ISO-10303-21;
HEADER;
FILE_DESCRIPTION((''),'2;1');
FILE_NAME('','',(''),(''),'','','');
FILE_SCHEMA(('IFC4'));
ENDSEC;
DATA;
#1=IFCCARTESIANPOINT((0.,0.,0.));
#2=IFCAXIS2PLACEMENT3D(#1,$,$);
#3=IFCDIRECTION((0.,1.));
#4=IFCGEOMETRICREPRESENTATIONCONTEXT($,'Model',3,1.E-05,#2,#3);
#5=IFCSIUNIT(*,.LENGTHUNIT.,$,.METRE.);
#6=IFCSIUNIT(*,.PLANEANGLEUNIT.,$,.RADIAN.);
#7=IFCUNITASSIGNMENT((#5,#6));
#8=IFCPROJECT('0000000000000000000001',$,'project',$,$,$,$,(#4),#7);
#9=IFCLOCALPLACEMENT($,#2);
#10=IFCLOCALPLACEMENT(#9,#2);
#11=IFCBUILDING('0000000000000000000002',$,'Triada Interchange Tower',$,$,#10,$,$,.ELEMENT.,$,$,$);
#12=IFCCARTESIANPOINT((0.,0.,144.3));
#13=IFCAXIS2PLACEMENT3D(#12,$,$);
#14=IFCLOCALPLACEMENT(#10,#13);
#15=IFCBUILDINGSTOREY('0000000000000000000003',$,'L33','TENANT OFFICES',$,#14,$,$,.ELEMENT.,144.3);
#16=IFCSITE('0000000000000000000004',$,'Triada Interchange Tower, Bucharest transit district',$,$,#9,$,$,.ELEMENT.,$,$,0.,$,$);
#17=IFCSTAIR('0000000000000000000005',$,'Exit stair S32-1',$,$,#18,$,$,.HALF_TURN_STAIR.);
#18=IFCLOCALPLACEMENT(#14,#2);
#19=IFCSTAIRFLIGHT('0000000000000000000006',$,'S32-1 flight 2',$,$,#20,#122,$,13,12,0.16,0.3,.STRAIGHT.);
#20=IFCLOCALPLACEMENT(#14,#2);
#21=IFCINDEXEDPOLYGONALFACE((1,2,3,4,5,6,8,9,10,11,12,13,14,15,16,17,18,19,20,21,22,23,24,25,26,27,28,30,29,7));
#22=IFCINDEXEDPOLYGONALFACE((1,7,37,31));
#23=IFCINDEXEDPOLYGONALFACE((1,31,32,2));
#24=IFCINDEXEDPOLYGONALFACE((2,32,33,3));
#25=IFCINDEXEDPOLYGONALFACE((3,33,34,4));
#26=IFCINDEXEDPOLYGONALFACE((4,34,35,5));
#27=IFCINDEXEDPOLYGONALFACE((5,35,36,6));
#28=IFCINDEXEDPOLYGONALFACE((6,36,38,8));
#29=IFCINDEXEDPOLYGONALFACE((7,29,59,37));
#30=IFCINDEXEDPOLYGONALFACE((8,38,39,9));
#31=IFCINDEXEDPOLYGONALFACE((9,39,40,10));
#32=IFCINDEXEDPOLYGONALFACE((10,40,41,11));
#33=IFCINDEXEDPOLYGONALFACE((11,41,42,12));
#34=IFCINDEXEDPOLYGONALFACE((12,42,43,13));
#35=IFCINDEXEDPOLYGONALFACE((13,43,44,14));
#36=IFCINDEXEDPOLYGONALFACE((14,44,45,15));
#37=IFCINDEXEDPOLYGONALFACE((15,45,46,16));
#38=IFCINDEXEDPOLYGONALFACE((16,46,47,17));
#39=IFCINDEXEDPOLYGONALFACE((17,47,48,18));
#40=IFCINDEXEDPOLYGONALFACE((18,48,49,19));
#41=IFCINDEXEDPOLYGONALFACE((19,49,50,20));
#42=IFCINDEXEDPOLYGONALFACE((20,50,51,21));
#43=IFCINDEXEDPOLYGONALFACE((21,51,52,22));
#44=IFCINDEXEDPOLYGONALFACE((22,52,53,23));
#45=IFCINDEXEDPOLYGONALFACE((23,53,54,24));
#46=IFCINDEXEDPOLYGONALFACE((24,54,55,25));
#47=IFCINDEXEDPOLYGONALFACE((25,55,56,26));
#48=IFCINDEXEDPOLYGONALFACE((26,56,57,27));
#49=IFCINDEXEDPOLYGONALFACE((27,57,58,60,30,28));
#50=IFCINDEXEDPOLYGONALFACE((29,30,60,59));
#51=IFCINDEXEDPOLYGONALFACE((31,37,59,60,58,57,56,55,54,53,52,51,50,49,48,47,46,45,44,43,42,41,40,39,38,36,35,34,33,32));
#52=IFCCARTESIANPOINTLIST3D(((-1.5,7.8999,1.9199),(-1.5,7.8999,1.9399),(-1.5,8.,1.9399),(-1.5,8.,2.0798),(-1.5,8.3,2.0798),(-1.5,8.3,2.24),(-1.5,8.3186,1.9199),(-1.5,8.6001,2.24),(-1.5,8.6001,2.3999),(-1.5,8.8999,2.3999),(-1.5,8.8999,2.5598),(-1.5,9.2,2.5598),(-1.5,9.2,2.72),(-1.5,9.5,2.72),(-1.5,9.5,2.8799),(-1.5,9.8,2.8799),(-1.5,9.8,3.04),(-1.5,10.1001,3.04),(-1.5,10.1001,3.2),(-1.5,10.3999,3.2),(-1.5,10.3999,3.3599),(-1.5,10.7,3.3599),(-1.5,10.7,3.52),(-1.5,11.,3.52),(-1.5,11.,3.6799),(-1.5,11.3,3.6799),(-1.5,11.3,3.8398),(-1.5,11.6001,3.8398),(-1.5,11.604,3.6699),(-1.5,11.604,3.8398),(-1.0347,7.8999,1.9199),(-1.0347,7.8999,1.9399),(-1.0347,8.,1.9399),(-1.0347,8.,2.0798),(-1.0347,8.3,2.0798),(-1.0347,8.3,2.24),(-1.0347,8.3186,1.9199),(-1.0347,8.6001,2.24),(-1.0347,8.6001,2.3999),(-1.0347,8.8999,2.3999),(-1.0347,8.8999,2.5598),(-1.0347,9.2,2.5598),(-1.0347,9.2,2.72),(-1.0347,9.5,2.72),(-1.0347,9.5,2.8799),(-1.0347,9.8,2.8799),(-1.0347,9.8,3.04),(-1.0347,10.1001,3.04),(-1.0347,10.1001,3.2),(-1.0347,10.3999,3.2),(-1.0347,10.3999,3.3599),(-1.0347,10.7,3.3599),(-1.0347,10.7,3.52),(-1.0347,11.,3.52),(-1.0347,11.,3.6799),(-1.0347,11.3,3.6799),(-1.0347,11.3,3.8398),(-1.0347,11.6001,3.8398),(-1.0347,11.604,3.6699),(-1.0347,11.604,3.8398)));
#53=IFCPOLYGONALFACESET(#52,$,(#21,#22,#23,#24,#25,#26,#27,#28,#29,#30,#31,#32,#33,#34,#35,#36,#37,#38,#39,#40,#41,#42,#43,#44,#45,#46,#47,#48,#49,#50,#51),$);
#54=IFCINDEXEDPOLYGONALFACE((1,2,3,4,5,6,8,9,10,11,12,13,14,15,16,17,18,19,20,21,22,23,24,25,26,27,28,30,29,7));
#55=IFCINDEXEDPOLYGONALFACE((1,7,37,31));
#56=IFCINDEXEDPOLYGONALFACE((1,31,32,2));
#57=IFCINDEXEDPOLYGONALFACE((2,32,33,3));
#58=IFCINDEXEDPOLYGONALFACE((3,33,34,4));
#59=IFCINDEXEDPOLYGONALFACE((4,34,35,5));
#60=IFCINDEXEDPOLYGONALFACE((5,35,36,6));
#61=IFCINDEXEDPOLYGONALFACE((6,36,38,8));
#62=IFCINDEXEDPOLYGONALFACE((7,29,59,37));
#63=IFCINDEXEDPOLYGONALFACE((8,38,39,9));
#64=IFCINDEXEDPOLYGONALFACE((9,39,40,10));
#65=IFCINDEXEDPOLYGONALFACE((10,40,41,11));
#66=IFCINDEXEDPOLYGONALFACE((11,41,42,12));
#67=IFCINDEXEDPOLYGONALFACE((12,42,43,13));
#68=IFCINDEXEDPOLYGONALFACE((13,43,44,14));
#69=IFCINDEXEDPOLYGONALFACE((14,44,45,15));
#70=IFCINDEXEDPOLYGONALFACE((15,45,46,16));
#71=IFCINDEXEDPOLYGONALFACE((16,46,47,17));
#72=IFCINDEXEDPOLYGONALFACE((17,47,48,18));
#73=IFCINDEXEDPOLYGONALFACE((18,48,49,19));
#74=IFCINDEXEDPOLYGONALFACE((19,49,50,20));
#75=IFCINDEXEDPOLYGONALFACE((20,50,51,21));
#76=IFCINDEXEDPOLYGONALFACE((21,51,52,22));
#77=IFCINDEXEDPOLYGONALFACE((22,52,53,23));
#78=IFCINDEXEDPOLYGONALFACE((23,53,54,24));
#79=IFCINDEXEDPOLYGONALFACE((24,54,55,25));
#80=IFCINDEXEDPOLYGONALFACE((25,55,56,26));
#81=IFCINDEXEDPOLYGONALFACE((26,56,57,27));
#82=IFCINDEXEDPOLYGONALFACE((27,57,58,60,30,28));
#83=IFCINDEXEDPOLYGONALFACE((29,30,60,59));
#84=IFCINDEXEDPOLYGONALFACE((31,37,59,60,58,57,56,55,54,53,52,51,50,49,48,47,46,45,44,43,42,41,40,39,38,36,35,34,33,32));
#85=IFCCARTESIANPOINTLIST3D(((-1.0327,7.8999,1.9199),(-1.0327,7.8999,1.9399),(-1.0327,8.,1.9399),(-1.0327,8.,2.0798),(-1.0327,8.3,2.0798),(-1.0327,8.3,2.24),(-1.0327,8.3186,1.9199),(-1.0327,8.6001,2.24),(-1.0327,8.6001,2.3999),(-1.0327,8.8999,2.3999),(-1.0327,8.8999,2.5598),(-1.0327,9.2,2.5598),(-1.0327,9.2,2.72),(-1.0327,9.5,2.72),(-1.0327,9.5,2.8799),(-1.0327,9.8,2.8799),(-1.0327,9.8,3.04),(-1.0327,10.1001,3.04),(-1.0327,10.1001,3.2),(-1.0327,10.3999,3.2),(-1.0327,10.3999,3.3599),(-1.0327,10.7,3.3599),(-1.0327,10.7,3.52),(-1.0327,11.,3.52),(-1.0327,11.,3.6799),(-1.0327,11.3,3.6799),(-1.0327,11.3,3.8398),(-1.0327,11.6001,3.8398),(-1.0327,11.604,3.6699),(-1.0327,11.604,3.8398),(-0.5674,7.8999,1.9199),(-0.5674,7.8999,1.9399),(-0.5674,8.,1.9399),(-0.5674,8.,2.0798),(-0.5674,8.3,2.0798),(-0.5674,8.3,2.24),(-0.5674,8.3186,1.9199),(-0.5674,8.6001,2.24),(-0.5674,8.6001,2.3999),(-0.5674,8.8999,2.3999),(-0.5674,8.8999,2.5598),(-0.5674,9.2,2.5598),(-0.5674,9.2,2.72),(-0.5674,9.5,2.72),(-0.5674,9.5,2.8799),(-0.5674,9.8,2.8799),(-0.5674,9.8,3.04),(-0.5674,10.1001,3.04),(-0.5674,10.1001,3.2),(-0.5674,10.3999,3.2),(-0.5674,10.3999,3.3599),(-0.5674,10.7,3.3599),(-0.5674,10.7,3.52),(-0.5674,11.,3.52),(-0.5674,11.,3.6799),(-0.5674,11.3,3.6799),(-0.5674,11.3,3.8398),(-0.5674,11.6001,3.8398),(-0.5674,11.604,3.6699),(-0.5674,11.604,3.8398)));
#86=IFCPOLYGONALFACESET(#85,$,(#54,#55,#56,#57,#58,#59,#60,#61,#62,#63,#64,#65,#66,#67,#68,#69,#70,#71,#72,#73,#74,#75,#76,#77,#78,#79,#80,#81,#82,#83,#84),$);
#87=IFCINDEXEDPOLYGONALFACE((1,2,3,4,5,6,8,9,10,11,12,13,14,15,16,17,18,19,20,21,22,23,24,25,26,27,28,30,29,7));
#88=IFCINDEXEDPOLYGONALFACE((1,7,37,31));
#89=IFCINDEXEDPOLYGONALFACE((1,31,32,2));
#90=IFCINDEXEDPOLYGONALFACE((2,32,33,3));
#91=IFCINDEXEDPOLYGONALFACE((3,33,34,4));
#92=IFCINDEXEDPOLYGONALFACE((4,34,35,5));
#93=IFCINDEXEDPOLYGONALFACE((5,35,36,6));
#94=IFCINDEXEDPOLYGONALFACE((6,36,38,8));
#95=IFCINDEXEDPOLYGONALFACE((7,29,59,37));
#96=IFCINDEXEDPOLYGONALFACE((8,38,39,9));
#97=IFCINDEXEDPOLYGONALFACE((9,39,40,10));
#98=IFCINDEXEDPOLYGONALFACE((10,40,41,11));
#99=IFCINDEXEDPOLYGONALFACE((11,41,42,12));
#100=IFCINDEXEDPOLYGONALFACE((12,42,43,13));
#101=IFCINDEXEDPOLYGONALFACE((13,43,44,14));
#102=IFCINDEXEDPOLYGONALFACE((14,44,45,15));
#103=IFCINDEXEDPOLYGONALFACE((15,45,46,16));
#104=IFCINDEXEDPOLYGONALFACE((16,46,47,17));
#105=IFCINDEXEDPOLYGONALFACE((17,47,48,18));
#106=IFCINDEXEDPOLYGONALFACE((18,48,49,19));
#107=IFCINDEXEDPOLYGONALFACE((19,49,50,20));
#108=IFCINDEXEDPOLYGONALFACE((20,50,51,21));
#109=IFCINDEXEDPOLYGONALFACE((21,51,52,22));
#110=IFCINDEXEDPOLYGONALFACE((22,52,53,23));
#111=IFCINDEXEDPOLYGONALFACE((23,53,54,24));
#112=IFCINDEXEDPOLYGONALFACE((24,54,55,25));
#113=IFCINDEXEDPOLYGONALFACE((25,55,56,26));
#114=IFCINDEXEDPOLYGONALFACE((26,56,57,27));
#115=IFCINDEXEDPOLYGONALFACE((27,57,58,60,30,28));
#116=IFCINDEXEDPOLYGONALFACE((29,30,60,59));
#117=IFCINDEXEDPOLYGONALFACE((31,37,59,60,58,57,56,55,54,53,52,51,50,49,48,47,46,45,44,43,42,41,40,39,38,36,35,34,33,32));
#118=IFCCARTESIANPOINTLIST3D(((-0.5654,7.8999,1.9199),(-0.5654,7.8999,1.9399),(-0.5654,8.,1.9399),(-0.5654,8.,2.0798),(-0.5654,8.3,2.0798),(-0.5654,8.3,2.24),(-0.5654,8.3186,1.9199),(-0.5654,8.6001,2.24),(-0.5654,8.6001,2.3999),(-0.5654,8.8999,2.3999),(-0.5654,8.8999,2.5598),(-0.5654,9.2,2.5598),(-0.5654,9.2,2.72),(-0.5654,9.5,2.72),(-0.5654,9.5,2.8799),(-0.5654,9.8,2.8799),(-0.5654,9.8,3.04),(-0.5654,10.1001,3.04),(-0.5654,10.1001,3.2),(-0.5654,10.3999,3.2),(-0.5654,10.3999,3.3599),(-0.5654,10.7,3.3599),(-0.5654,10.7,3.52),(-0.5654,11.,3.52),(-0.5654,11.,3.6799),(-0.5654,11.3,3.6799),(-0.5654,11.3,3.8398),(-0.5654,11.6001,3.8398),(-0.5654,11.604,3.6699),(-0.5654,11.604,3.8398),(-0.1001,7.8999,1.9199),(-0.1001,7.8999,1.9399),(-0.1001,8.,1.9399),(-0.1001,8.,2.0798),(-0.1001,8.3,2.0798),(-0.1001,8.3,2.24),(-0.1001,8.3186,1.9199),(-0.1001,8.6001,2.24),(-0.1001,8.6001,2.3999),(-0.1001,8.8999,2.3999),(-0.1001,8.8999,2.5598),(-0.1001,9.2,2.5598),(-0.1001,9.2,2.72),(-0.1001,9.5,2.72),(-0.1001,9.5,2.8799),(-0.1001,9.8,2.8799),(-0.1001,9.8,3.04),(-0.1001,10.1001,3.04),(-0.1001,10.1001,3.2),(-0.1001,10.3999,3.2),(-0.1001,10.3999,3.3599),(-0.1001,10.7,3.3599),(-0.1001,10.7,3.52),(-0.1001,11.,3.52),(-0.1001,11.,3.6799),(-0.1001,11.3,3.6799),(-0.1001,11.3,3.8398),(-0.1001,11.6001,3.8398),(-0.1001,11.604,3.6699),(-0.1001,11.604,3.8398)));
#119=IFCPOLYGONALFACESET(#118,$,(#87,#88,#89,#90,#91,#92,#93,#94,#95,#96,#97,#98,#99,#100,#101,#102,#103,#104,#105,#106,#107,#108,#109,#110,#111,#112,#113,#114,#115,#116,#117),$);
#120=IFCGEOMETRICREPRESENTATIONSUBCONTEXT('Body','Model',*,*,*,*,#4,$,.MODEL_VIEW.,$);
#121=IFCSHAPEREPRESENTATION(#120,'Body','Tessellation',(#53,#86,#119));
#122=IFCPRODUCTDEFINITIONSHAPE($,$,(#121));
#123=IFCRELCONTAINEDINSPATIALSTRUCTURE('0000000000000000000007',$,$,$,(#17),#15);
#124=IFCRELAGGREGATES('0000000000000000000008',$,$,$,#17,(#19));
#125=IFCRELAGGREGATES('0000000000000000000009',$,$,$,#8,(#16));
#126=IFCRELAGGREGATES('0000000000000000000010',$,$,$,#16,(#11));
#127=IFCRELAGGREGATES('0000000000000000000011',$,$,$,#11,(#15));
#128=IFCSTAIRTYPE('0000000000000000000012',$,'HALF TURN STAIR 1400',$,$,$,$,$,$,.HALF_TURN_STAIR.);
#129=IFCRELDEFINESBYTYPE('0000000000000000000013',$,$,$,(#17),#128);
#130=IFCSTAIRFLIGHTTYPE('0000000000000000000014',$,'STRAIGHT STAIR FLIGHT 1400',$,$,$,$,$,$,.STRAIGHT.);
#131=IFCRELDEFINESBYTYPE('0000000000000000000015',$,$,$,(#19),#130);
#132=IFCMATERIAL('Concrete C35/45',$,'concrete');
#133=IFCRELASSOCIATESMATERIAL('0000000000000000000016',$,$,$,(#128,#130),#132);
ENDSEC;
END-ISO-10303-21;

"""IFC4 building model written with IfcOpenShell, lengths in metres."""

from ifc_helpers import new_model, si_unit, direction, frame, origin, place, context, subcontext, project, spatial, polyline, outline, extrude, material, type_object, element, aggregate, save


model = new_model("IFC4")

# Units and contexts
model_context = context("Model", 3, precision=1e-05, world=origin(), true_north=direction((0.0, 1.0)))
body_context = subcontext(model_context, "Body", "Model", "MODEL_VIEW")
ifc_project = project(units=[si_unit("LENGTHUNIT", "METRE"), si_unit("PLANEANGLEUNIT", "RADIAN")], contexts=[model_context])

# Site, building, storey
site_placement = place(None, origin())
site = spatial("IfcSite", under=ifc_project, at=site_placement, Name="Triada Interchange Tower, Bucharest transit district", CompositionType="ELEMENT", RefElevation=0.0)
building_placement = place(site_placement, origin())
building = spatial("IfcBuilding", under=site, at=building_placement, Name="Triada Interchange Tower", CompositionType="ELEMENT")
storey_placement = place(building_placement, frame((0.0, 0.0, 144.3)))
storey = spatial("IfcBuildingStorey", under=building, at=storey_placement, Name="L33", Description="TENANT OFFICES", CompositionType="ELEMENT", Elevation=144.3)

# Stair, stair flight
ifc_material_1 = material(Name="Concrete C35/45", Category="concrete")
stair_type = type_object("IfcStairType", Name="HALF TURN STAIR 1400", PredefinedType="HALF_TURN_STAIR", material=ifc_material_1)
stair_placement = place(storey_placement, origin())
stair = element("IfcStair", 1, at=stair_placement, inside=storey, type_object=stair_type, Name="Exit stair S32-1", PredefinedType="HALF_TURN_STAIR")
stair_flight_type = type_object("IfcStairFlightType", Name="STRAIGHT STAIR FLIGHT 1400", PredefinedType="STRAIGHT", material=ifc_material_1)
stair_flight_placement = place(storey_placement, frame((-0.8, 8.0, 1.9199), z_axis=(0.0, 0.0, 1.0), x_axis=(0.0, 1.0, 0.0)))
stair_flight = element("IfcStairFlight", 2, at=stair_flight_placement, type_object=stair_flight_type, Name="S32-1 flight 2", NumberOfRisers=13, NumberOfTreads=12, PredefinedType="STRAIGHT", RiserHeight=0.16, TreadLength=0.3, context=body_context, shape_type="SweptSolid", body=[
    extrude(outline(polyline([(-0.1001, 0.0), (-0.1001, 0.02), (0.0, 0.02), (0.0, 0.1599), (0.3, 0.1599), (0.3, 0.3201), (0.6001, 0.3201), (0.6001, 0.48), (0.8999, 0.48), (0.8999, 0.6399), (1.2, 0.6399), (1.2, 0.8), (1.5, 0.8), (1.5, 0.96), (1.8, 0.96), (1.8, 1.1201), (2.1001, 1.1201), (2.1001, 1.28), (2.3999, 1.28), (2.3999, 1.4399), (2.7, 1.4399), (2.7, 1.6001), (3.0, 1.6001), (3.0, 1.76), (3.3, 1.76), (3.3, 1.9199), (3.6001, 1.9199), (3.604, 1.9199), (3.604, 2.0801), (3.604, 1.75), (0.3186, 0.0), (-0.1001, 0.0)])), frame((0.0, 0.7, 0.0), z_axis=(0.0, -1.0, 0.0), x_axis=(1.0, 0.0, 0.0)), (0.0, 0.0, 1.0), 0.4653),
    extrude(outline(polyline([(-0.1001, 0.0), (-0.1001, 0.02), (0.0, 0.02), (0.0, 0.1599), (0.3, 0.1599), (0.3, 0.3201), (0.6001, 0.3201), (0.6001, 0.48), (0.8999, 0.48), (0.8999, 0.6399), (1.2, 0.6399), (1.2, 0.8), (1.5, 0.8), (1.5, 0.96), (1.8, 0.96), (1.8, 1.1201), (2.1001, 1.1201), (2.1001, 1.28), (2.3999, 1.28), (2.3999, 1.4399), (2.7, 1.4399), (2.7, 1.6001), (3.0, 1.6001), (3.0, 1.76), (3.3, 1.76), (3.3, 1.9199), (3.6001, 1.9199), (3.604, 1.9199), (3.604, 2.0801), (3.604, 1.75), (0.3186, 0.0), (-0.1001, 0.0)])), frame((0.0, 0.2327, 0.0), z_axis=(0.0, -1.0, 0.0), x_axis=(1.0, 0.0, 0.0)), (0.0, 0.0, 1.0), 0.4653),
    extrude(outline(polyline([(-0.1001, 0.0), (-0.1001, 0.02), (0.0, 0.02), (0.0, 0.1599), (0.3, 0.1599), (0.3, 0.3201), (0.6001, 0.3201), (0.6001, 0.48), (0.8999, 0.48), (0.8999, 0.6399), (1.2, 0.6399), (1.2, 0.8), (1.5, 0.8), (1.5, 0.96), (1.8, 0.96), (1.8, 1.1201), (2.1001, 1.1201), (2.1001, 1.28), (2.3999, 1.28), (2.3999, 1.4399), (2.7, 1.4399), (2.7, 1.6001), (3.0, 1.6001), (3.0, 1.76), (3.3, 1.76), (3.3, 1.9199), (3.6001, 1.9199), (3.604, 1.9199), (3.604, 2.0801), (3.604, 1.75), (0.3186, 0.0), (-0.1001, 0.0)])), frame((0.0, -0.2346, 0.0), z_axis=(0.0, -1.0, 0.0), x_axis=(1.0, 0.0, 0.0)), (0.0, 0.0, 1.0), 0.4653),
])
aggregate(stair, [stair_flight])

save(model, "model.ifc")
